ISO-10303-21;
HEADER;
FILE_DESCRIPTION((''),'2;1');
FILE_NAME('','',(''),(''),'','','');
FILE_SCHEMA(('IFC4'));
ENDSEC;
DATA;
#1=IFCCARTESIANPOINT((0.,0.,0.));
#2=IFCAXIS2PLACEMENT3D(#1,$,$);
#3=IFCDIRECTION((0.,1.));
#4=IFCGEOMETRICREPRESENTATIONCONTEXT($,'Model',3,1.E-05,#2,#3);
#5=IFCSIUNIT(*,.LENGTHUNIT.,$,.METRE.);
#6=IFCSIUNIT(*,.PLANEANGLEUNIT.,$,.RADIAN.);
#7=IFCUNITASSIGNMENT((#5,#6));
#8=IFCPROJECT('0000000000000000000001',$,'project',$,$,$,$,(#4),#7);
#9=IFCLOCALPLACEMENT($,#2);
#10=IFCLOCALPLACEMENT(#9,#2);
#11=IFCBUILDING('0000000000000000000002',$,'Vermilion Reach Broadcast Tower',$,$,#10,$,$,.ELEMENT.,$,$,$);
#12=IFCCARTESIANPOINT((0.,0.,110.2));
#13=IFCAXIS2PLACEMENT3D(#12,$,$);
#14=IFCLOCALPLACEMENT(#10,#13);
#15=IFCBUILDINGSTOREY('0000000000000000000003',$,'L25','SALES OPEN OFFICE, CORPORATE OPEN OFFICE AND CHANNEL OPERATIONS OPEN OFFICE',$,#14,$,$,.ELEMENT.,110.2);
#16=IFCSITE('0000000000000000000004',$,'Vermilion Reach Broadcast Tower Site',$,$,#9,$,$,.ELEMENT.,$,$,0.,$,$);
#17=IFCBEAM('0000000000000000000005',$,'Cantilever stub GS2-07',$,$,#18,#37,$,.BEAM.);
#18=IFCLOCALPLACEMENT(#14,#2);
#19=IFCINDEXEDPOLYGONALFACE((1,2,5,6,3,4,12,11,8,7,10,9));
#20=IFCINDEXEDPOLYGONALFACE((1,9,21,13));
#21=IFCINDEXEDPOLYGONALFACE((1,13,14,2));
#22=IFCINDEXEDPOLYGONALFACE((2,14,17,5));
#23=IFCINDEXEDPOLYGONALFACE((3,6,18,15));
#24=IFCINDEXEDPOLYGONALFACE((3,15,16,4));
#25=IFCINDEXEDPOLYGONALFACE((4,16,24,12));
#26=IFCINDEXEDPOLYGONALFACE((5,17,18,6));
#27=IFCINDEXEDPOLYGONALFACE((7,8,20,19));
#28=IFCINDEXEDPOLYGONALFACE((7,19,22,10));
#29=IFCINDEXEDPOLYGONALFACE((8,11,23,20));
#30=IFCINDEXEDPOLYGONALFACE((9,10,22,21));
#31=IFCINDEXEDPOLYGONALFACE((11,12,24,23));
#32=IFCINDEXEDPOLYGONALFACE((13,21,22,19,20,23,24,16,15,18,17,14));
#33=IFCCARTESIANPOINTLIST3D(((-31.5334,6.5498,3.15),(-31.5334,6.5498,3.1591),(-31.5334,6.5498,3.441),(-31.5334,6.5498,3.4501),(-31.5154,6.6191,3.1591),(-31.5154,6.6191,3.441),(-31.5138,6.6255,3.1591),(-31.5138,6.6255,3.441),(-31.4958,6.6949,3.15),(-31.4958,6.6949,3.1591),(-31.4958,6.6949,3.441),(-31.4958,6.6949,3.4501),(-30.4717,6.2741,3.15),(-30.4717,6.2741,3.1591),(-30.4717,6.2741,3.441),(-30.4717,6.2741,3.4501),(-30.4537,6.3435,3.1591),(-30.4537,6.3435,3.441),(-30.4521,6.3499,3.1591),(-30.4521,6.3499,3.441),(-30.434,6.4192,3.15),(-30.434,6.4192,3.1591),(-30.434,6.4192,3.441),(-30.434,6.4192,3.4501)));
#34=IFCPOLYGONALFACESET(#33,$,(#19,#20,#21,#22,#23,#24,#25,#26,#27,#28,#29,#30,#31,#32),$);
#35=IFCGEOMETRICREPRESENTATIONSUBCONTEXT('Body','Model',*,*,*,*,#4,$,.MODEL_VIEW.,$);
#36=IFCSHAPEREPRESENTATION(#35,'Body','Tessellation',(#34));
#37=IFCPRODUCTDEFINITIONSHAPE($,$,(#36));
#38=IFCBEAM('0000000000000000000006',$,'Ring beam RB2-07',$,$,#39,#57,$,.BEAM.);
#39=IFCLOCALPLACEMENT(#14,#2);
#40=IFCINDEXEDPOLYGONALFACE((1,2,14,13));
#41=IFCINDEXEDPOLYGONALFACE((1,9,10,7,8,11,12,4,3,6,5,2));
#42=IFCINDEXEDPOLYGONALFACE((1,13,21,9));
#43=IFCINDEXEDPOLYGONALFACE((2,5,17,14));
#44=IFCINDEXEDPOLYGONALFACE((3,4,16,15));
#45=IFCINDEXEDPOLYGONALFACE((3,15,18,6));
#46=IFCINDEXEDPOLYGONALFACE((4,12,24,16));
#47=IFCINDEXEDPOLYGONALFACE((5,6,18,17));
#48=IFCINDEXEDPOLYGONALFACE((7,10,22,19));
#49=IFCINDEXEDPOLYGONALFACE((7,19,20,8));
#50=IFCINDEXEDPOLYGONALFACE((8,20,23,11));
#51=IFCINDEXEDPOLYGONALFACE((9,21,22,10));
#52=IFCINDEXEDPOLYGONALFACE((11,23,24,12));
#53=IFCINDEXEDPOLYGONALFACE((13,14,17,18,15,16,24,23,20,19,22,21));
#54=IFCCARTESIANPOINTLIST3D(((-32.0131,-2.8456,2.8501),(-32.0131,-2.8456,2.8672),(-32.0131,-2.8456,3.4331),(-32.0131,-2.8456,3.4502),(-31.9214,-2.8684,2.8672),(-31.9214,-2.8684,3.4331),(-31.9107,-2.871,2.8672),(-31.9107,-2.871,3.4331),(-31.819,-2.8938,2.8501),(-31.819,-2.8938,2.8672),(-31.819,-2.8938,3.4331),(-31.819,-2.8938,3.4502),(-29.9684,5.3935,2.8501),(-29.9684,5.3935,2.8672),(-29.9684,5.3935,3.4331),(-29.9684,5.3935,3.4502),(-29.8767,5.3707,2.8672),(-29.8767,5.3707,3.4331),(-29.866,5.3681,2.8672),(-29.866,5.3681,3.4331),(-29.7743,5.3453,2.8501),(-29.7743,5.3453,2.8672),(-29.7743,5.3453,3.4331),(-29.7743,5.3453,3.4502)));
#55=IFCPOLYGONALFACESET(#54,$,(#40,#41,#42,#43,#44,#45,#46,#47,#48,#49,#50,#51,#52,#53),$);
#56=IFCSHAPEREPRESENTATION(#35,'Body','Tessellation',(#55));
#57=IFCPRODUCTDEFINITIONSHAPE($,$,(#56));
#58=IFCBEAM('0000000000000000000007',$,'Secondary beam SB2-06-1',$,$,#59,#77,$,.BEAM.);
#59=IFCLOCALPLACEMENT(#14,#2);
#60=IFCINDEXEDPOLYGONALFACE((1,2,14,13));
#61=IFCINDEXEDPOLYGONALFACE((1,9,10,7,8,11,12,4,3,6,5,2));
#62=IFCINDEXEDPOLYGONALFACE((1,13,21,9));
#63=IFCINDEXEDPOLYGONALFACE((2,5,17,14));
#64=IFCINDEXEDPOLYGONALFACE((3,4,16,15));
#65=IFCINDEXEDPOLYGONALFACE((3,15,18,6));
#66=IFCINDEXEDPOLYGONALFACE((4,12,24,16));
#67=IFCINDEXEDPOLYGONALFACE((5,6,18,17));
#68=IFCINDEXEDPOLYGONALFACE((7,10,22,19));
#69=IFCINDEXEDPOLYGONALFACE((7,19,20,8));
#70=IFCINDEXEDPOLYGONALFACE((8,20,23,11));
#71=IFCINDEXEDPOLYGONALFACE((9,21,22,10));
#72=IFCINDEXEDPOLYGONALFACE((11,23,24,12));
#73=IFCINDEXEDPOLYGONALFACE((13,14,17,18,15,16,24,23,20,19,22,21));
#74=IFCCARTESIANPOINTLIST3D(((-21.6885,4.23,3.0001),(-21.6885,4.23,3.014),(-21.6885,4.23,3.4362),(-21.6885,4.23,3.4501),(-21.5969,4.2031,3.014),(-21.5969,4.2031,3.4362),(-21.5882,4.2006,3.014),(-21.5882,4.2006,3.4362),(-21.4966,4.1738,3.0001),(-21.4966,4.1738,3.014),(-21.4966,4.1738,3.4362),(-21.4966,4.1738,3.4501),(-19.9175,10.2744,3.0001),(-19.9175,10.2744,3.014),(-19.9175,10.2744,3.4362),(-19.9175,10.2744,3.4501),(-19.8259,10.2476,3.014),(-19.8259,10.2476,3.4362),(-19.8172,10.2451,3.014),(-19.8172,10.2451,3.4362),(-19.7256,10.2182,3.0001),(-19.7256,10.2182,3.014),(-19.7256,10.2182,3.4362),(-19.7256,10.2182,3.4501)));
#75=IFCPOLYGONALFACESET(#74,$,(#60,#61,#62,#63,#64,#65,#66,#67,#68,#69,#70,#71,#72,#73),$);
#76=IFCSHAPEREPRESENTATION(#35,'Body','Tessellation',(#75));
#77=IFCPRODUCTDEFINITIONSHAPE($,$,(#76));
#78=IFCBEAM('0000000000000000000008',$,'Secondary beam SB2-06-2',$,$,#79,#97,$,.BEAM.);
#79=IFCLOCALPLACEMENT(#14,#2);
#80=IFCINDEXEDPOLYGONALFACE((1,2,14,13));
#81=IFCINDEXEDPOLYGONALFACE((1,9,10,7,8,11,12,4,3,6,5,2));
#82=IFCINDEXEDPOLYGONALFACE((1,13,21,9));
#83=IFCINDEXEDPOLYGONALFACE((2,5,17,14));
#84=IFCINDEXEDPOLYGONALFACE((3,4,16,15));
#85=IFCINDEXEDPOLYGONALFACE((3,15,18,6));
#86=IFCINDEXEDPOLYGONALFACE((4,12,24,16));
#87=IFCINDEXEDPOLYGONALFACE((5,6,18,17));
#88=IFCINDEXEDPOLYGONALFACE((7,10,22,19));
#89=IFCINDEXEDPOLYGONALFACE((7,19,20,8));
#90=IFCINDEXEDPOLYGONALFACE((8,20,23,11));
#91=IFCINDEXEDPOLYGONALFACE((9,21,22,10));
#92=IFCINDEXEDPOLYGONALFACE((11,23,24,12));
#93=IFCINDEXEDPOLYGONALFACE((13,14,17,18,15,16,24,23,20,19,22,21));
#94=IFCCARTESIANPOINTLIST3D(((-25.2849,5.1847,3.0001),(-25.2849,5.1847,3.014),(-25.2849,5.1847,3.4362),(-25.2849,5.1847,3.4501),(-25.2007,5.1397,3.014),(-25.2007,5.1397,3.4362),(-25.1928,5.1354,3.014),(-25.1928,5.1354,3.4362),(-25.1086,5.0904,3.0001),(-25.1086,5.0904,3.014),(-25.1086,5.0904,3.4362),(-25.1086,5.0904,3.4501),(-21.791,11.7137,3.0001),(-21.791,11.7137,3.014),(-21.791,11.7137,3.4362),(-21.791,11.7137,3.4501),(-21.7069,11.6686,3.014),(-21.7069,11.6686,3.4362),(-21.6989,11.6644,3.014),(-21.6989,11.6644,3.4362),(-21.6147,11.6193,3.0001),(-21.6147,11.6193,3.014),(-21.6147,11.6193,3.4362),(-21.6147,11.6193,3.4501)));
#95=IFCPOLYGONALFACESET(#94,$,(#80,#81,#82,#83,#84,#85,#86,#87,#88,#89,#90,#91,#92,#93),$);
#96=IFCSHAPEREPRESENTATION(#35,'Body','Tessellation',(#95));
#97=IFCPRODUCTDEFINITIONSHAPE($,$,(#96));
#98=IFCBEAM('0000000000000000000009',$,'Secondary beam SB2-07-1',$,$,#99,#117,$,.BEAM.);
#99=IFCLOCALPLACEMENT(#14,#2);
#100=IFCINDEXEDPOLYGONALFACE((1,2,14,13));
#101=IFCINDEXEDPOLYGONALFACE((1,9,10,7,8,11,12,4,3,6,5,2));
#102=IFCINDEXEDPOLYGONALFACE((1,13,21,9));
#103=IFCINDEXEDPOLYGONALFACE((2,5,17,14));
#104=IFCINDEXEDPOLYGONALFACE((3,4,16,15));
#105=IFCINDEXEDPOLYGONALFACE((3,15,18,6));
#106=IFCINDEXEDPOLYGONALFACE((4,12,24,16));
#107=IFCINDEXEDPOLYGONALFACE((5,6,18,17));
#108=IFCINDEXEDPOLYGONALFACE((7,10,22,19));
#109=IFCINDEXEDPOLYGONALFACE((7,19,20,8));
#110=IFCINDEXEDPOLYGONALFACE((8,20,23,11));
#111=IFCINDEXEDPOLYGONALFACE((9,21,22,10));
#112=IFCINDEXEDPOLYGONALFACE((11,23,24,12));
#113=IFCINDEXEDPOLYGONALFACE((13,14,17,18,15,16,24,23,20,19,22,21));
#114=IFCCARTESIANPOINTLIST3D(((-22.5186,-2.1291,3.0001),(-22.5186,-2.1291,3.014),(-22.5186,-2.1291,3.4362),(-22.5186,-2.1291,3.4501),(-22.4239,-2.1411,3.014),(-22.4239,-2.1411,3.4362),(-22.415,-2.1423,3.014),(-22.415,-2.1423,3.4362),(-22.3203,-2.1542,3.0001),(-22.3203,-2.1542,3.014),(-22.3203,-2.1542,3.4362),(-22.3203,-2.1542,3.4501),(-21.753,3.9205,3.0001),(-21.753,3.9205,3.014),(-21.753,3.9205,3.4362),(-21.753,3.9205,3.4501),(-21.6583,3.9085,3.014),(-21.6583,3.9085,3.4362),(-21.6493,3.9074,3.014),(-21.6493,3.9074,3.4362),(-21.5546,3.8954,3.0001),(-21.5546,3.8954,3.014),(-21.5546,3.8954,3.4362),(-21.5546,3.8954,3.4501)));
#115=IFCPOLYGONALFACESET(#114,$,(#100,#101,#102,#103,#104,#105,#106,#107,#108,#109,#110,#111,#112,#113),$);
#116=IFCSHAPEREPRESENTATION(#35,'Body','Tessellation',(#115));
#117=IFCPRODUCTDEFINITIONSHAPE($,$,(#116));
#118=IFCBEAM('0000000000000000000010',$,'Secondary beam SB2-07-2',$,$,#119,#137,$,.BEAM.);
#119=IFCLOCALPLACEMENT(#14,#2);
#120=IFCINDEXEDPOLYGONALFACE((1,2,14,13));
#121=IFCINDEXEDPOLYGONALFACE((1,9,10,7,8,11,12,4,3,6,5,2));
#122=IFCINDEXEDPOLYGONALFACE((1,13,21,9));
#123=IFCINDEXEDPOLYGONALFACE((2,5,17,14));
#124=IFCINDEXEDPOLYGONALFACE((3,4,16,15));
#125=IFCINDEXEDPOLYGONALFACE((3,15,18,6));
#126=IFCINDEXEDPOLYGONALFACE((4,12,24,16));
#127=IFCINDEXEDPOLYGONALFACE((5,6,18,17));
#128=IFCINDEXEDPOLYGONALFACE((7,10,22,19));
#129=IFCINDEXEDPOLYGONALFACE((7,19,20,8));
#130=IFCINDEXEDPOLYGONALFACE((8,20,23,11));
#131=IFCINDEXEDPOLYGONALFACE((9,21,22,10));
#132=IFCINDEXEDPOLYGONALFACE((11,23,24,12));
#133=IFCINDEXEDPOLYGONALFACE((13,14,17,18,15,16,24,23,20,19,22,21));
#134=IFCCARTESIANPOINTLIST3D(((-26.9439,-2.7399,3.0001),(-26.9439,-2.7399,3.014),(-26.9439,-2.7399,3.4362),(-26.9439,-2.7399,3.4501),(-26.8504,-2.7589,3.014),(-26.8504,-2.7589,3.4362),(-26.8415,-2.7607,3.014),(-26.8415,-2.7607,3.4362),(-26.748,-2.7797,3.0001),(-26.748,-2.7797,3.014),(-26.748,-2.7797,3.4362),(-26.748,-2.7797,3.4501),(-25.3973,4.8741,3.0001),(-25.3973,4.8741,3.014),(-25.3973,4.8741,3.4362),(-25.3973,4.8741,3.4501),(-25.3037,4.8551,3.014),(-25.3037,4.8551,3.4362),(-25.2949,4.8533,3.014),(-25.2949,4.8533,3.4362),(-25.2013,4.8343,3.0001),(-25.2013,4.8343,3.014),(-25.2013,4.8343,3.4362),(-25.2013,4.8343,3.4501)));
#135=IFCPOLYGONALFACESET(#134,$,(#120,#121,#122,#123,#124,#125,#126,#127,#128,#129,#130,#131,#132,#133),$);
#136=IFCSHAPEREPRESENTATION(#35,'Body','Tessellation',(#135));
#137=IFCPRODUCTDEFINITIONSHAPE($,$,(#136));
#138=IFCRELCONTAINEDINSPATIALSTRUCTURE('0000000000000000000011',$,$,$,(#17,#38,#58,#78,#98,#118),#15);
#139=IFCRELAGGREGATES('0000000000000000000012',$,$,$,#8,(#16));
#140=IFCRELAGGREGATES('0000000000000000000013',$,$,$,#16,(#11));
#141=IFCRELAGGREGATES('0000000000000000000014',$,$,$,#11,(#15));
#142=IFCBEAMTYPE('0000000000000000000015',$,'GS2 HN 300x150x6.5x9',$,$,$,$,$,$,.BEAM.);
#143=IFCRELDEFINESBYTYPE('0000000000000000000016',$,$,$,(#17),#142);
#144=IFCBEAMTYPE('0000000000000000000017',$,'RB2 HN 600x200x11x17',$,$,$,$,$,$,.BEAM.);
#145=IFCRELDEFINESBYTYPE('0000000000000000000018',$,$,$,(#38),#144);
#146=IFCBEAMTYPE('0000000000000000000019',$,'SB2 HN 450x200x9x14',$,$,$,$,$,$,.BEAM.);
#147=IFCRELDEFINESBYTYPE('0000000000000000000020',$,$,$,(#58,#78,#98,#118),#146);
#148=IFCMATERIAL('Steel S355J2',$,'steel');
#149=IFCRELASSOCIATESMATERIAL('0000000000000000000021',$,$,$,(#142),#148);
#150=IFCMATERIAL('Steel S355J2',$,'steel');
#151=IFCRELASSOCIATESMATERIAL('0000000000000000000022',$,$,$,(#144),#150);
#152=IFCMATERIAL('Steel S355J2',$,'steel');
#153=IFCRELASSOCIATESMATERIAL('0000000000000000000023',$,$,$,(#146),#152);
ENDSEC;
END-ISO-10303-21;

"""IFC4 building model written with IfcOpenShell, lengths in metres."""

from ifc_helpers import new_model, si_unit, direction, frame, origin, origin_2d, place, context, subcontext, project, spatial, i_section, extrude, material, material_profile, profile_set, type_object, element, save


model = new_model("IFC4")

# Units and contexts
model_context = context("Model", 3, precision=1e-05, world=origin(), true_north=direction((0.0, 1.0)))
body_context = subcontext(model_context, "Body", "Model", "MODEL_VIEW")
ifc_project = project(units=[si_unit("LENGTHUNIT", "METRE"), si_unit("PLANEANGLEUNIT", "RADIAN")], contexts=[model_context])

# Site, building, storey
site_placement = place(None, origin())
site = spatial("IfcSite", under=ifc_project, at=site_placement, Name="Vermilion Reach Broadcast Tower Site", CompositionType="ELEMENT", RefElevation=0.0)
building_placement = place(site_placement, origin())
building = spatial("IfcBuilding", under=site, at=building_placement, Name="Vermilion Reach Broadcast Tower", CompositionType="ELEMENT")
storey_placement = place(building_placement, frame((0.0, 0.0, 110.2)))
storey = spatial("IfcBuildingStorey", under=building, at=storey_placement, Name="L25", Description="SALES OPEN OFFICE, CORPORATE OPEN OFFICE AND CHANNEL OPERATIONS OPEN OFFICE", CompositionType="ELEMENT", Elevation=110.2)

# Beams
ifc_material_1 = material(Name="Steel S355J2", Category="steel")
ifc_material_profile_1 = material_profile(ifc_material_1, i_section(OverallWidth=0.1499, OverallDepth=0.3, WebThickness=0.0066, FlangeThickness=0.009, at=origin_2d()), Name="S355J2 HN 300x150x6.5x9")
ifc_profile_set_1 = profile_set([ifc_material_profile_1], Name="Steel S355J2")
beam_type_1 = type_object("IfcBeamType", Name="GS2 HN 300x150x6.5x9", PredefinedType="BEAM", material=ifc_profile_set_1)
beam_1_placement = place(storey_placement, frame((-30.4529, 6.3467, 3.3), z_axis=(-0.967917, 0.251271, 0.0), x_axis=(-0.251271, -0.967917, 0.0)))
element("IfcBeam", 1, at=beam_1_placement, inside=storey, type_object=beam_type_1, Name="Cantilever stub GS2-07", PredefinedType="BEAM", context=body_context, shape_type="SweptSolid", body=[
    extrude(i_section(OverallWidth=0.1499, OverallDepth=0.3, WebThickness=0.0066, FlangeThickness=0.009, at=origin_2d()), origin(), (0.0, 0.0, 1.0), 1.0969),
])
ifc_material_2 = material(Name="Steel S355J2", Category="steel")
ifc_material_profile_2 = material_profile(ifc_material_2, i_section(OverallWidth=0.2, OverallDepth=0.6001, WebThickness=0.011, FlangeThickness=0.0171, at=origin_2d()), Name="S355J2 HN 600x200x11x17")
ifc_profile_set_2 = profile_set([ifc_material_profile_2], Name="Steel S355J2")
beam_type_2 = type_object("IfcBeamType", Name="RB2 HN 600x200x11x17", PredefinedType="BEAM", material=ifc_profile_set_2)
beam_2_placement = place(storey_placement, frame((-29.8713, 5.3694, 3.1501), z_axis=(-0.240864, -0.970559, 0.0), x_axis=(0.970559, -0.240864, 0.0)))
element("IfcBeam", 2, at=beam_2_placement, inside=storey, type_object=beam_type_2, Name="Ring beam RB2-07", PredefinedType="BEAM", context=body_context, shape_type="SweptSolid", body=[
    extrude(i_section(OverallWidth=0.2, OverallDepth=0.6001, WebThickness=0.011, FlangeThickness=0.0171, at=origin_2d()), origin(), (0.0, 0.0, 1.0), 8.489),
])
ifc_material_3 = material(Name="Steel S355J2", Category="steel")
ifc_material_profile_3 = material_profile(ifc_material_3, i_section(OverallWidth=0.2, OverallDepth=0.45, WebThickness=0.009, FlangeThickness=0.0139, at=origin_2d()), Name="S355J2 HN 450x200x9x14")
ifc_profile_set_3 = profile_set([ifc_material_profile_3], Name="Steel S355J2")
beam_type_3 = type_object("IfcBeamType", Name="SB2 HN 450x200x9x14", PredefinedType="BEAM", material=ifc_profile_set_3)
beam_3_placement = place(storey_placement, frame((-19.8215, 10.2463, 3.2251), z_axis=(-0.281176, -0.959656, 0.0), x_axis=(0.959656, -0.281176, 0.0)))
element("IfcBeam", 3, at=beam_3_placement, inside=storey, type_object=beam_type_3, Name="Secondary beam SB2-06-1", PredefinedType="BEAM", context=body_context, shape_type="SweptSolid", body=[
    extrude(i_section(OverallWidth=0.2, OverallDepth=0.45, WebThickness=0.009, FlangeThickness=0.0139, at=origin_2d()), origin(), (0.0, 0.0, 1.0), 6.2986),
])
beam_4_placement = place(storey_placement, frame((-21.7029, 11.6665, 3.2251), z_axis=(-0.471822, -0.881694, 0.0), x_axis=(0.881694, -0.471822, 0.0)))
element("IfcBeam", 4, at=beam_4_placement, inside=storey, type_object=beam_type_3, Name="Secondary beam SB2-06-2", PredefinedType="BEAM", context=body_context, shape_type="SweptSolid", body=[
    extrude(i_section(OverallWidth=0.2, OverallDepth=0.45, WebThickness=0.009, FlangeThickness=0.0139, at=origin_2d()), origin(), (0.0, 0.0, 1.0), 7.405),
])
beam_5_placement = place(storey_placement, frame((-21.6538, 3.908, 3.2251), z_axis=(-0.125557, -0.992086, 0.0), x_axis=(0.992086, -0.125557, 0.0)))
element("IfcBeam", 5, at=beam_5_placement, inside=storey, type_object=beam_type_3, Name="Secondary beam SB2-07-1", PredefinedType="BEAM", context=body_context, shape_type="SweptSolid", body=[
    extrude(i_section(OverallWidth=0.2, OverallDepth=0.45, WebThickness=0.009, FlangeThickness=0.0139, at=origin_2d()), origin(), (0.0, 0.0, 1.0), 6.0979),
])
beam_6_placement = place(storey_placement, frame((-25.2993, 4.8542, 3.2251), z_axis=(-0.199064, -0.979986, 0.0), x_axis=(0.979986, -0.199064, 0.0)))
element("IfcBeam", 6, at=beam_6_placement, inside=storey, type_object=beam_type_3, Name="Secondary beam SB2-07-2", PredefinedType="BEAM", context=body_context, shape_type="SweptSolid", body=[
    extrude(i_section(OverallWidth=0.2, OverallDepth=0.45, WebThickness=0.009, FlangeThickness=0.0139, at=origin_2d()), origin(), (0.0, 0.0, 1.0), 7.7695),
])

save(model, "model.ifc")
